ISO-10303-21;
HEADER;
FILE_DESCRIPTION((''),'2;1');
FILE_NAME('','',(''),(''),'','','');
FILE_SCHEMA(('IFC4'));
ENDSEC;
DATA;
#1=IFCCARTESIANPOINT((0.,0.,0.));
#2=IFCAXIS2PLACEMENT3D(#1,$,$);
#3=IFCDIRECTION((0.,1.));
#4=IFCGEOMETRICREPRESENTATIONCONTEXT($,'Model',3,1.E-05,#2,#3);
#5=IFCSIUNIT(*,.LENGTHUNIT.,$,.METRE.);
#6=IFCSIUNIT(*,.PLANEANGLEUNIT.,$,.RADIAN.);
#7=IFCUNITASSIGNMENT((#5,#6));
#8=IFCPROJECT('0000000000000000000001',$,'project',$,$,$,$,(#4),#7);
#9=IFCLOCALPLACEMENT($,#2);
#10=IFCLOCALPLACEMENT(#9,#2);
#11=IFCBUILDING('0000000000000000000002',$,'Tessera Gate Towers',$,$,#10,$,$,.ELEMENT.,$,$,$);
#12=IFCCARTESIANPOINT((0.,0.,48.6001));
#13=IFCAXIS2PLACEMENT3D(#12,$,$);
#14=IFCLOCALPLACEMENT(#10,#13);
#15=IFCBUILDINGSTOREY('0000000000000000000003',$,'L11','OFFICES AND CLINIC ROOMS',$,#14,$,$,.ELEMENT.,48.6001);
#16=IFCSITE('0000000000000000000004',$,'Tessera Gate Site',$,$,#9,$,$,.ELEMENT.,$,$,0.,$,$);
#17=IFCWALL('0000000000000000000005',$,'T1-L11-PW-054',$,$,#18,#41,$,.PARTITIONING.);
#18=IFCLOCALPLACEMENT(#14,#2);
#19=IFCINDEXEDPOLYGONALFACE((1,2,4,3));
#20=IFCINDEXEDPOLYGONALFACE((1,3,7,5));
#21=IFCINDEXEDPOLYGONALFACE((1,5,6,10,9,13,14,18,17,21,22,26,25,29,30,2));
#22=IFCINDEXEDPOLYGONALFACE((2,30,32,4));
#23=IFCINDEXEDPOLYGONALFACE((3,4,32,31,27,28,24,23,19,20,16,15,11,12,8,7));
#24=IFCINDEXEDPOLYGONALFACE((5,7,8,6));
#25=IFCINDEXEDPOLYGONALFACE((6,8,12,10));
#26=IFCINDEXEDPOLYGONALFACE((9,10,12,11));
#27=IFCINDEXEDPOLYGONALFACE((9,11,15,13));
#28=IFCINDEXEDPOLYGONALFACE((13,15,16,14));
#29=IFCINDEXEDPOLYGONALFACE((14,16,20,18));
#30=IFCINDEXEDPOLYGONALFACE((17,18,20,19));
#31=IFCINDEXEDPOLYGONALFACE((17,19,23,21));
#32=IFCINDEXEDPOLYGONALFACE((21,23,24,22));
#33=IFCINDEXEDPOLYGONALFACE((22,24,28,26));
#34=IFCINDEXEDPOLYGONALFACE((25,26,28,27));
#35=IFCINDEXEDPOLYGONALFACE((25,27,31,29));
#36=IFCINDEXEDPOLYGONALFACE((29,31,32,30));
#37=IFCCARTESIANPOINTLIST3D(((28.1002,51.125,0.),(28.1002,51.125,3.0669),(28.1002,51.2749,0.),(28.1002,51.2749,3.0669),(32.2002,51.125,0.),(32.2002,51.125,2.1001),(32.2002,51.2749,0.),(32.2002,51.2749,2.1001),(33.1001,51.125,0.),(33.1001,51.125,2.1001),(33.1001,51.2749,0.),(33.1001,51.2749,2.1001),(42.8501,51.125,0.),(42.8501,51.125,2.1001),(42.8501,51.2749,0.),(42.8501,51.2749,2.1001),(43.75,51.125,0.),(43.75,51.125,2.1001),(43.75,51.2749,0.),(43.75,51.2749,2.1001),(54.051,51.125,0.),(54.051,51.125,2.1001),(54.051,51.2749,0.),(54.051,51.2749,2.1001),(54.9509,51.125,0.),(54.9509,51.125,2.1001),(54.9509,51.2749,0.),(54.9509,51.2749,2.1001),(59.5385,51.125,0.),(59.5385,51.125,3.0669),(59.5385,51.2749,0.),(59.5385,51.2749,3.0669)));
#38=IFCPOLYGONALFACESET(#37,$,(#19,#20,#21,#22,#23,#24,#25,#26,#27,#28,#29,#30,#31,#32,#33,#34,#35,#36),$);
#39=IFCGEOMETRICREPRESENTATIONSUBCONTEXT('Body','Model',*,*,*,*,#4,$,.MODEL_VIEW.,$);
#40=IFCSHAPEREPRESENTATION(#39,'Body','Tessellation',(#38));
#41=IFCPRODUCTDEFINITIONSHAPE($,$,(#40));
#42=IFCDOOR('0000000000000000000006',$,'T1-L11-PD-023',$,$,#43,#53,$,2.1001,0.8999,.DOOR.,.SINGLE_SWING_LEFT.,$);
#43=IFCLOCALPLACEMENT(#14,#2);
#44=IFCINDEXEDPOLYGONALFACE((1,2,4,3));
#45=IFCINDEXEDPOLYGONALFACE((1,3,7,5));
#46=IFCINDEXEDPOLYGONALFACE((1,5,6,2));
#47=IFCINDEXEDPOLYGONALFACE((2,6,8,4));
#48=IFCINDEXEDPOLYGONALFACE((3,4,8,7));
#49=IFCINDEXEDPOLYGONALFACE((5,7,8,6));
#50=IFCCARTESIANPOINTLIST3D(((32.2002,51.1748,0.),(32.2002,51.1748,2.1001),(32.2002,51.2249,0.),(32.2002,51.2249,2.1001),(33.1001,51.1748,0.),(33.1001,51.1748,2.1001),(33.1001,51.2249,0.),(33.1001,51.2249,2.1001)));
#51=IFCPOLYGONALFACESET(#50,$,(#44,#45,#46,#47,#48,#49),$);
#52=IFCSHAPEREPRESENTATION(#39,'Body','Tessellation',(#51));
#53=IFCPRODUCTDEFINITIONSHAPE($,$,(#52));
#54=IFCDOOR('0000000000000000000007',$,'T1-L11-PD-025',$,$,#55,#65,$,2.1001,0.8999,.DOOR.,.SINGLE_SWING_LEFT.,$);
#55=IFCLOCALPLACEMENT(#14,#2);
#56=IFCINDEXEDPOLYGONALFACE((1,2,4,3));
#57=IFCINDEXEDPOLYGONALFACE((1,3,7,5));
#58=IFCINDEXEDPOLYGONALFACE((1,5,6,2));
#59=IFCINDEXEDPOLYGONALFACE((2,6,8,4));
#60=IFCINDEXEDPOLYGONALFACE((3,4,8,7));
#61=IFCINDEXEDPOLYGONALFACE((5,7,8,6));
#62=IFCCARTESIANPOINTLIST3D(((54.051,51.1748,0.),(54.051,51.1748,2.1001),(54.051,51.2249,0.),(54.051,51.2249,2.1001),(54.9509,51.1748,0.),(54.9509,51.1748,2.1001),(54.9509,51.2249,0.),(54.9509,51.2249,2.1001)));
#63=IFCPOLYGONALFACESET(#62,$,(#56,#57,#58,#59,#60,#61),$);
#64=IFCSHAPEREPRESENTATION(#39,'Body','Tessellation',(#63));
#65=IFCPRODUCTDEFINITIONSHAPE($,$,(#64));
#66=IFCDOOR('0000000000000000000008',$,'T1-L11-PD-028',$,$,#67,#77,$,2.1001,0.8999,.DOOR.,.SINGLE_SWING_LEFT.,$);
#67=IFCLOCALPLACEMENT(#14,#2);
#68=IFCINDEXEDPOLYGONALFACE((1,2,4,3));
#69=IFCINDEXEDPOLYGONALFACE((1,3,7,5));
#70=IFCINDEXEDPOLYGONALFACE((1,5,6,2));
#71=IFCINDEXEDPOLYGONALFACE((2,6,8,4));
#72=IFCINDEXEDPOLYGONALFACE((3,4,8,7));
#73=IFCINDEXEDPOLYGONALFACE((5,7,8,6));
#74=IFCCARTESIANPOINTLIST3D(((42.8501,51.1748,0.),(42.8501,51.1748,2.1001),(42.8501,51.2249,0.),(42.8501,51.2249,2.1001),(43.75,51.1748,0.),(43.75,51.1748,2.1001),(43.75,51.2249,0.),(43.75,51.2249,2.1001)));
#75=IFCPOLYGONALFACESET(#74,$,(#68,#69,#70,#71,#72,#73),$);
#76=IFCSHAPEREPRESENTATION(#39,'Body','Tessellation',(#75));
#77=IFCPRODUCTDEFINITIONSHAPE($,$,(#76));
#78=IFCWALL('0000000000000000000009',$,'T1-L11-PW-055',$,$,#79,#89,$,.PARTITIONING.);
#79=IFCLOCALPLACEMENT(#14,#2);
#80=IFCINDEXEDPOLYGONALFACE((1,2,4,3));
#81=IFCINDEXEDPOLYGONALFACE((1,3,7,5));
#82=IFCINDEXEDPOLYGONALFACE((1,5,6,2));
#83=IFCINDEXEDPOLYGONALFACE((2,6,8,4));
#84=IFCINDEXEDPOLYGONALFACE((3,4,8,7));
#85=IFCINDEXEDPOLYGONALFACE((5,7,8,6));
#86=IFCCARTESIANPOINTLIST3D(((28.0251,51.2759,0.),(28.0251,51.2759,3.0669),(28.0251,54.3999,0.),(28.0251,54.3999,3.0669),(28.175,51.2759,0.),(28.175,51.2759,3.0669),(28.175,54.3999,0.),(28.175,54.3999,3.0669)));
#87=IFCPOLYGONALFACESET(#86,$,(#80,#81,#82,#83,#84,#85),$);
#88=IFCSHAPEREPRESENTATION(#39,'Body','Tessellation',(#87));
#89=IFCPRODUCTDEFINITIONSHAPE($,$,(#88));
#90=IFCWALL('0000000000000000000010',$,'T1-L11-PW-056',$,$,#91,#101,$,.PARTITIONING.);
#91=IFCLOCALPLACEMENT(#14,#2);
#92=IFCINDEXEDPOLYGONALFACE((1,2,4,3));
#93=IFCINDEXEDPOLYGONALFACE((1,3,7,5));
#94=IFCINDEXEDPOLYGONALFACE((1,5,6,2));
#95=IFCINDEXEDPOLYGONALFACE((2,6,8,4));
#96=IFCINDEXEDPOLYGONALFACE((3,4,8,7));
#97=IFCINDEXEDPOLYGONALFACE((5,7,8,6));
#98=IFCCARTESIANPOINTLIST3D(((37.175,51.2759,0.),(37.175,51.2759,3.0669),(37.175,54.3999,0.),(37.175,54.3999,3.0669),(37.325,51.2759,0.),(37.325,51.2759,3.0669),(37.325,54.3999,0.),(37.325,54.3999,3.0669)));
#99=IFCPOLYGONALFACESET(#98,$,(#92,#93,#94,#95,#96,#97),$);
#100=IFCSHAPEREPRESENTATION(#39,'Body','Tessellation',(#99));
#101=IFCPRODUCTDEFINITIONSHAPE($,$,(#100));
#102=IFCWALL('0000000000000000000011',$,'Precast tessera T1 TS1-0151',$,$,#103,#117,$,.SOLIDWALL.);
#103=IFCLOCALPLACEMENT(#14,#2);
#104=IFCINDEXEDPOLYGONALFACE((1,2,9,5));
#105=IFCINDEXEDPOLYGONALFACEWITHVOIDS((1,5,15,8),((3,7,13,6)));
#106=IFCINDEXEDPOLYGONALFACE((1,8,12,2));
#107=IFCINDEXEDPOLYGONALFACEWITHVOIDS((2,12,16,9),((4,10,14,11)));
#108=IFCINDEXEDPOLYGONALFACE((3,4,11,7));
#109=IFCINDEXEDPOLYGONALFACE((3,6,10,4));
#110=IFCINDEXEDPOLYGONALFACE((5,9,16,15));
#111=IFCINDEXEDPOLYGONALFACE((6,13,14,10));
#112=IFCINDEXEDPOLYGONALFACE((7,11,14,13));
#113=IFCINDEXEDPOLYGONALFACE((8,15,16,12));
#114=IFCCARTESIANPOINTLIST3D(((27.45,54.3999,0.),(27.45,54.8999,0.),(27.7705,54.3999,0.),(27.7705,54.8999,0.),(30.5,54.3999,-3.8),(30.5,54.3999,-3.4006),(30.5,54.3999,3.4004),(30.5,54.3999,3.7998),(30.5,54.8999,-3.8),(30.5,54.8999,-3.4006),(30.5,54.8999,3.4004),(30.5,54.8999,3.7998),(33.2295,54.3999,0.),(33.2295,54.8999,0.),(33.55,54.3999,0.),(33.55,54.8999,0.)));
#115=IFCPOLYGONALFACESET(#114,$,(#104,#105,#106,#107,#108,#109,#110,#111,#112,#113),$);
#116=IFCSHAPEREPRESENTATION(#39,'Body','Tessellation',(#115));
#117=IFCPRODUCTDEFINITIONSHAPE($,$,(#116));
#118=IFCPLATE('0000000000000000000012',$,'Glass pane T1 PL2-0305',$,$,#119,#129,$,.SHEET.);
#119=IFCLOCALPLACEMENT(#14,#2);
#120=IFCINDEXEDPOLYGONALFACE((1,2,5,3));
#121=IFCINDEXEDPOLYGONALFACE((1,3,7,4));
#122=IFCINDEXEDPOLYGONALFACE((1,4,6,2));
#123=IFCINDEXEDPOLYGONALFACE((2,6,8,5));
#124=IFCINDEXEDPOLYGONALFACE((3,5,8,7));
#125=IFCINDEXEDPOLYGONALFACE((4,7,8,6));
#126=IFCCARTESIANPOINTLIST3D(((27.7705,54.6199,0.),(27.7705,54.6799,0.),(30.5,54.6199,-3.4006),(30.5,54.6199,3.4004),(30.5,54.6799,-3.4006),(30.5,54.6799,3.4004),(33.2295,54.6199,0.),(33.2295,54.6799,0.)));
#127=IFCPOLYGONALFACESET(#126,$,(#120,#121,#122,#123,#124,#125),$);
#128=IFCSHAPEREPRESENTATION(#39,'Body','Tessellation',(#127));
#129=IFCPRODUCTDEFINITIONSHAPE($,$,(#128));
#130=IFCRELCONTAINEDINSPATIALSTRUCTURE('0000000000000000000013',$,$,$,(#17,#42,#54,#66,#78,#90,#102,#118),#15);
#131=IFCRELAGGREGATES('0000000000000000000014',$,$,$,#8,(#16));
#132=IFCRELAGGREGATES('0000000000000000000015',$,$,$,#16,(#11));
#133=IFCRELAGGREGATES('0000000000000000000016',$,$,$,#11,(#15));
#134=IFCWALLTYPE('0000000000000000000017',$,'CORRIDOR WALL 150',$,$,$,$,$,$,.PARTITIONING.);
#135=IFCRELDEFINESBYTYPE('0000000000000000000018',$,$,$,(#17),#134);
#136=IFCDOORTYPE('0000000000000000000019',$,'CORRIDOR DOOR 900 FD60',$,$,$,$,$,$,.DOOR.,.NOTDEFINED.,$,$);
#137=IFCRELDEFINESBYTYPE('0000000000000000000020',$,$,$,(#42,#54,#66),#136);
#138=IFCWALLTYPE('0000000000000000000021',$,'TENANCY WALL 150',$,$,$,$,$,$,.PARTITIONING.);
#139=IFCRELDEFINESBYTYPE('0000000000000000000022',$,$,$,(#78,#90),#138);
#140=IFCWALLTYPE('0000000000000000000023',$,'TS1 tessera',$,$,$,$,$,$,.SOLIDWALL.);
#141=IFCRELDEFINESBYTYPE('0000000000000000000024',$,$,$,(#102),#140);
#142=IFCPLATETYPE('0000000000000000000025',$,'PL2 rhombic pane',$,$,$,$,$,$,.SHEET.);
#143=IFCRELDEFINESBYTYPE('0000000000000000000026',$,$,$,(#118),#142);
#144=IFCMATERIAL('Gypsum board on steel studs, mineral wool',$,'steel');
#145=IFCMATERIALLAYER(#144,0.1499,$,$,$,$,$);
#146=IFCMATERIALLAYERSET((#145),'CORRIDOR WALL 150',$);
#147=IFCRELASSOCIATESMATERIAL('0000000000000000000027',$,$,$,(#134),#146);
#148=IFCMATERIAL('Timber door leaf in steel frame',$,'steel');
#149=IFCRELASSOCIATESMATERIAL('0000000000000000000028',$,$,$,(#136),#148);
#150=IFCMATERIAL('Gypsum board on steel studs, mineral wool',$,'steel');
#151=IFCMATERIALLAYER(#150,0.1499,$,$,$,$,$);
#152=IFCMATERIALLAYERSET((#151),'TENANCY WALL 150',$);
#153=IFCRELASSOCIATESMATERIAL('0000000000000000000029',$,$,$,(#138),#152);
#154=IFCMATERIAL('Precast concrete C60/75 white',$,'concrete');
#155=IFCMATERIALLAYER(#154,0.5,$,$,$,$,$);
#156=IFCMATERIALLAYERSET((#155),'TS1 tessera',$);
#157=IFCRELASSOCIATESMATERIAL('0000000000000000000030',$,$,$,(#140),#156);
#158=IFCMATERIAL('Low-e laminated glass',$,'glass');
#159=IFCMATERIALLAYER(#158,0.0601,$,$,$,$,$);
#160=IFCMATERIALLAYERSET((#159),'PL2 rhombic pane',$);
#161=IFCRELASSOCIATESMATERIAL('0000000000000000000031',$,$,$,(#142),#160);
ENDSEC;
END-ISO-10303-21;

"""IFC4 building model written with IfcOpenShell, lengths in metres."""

from ifc_helpers import new_model, si_unit, direction, frame, frame_2d, origin, place, context, subcontext, project, spatial, polyline, rectangle, outline, extrude, source, transform, mapped, material, layer, layer_set, type_object, element, fill, save


model = new_model("IFC4")

# Units and contexts
model_context = context("Model", 3, precision=1e-05, world=origin(), true_north=direction((0.0, 1.0)))
body_context = subcontext(model_context, "Body", "Model", "MODEL_VIEW")
ifc_project = project(units=[si_unit("LENGTHUNIT", "METRE"), si_unit("PLANEANGLEUNIT", "RADIAN")], contexts=[model_context])

# Site, building, storey
site_placement = place(None, origin())
site = spatial("IfcSite", under=ifc_project, at=site_placement, Name="Tessera Gate Site", CompositionType="ELEMENT", RefElevation=0.0)
building_placement = place(site_placement, origin())
building = spatial("IfcBuilding", under=site, at=building_placement, Name="Tessera Gate Towers", CompositionType="ELEMENT")
storey_placement = place(building_placement, frame((0.0, 0.0, 48.6001)))
storey = spatial("IfcBuildingStorey", under=building, at=storey_placement, Name="L11", Description="OFFICES AND CLINIC ROOMS", CompositionType="ELEMENT", Elevation=48.6001)

# Shared definitions
ifc_material_1 = material(Name="Gypsum board on steel studs, mineral wool", Category="steel")
ifc_layer_1 = layer(ifc_material_1, 0.1499)
ifc_layer_set_1 = layer_set([ifc_layer_1], Name="CORRIDOR WALL 150")
wall_type_1 = type_object("IfcWallType", Name="CORRIDOR WALL 150", PredefinedType="PARTITIONING", material=ifc_layer_set_1)

# Wall, openings, doors
wall_1_placement = place(storey_placement, frame((28.1001, 51.2, 0.0), z_axis=(0.0, 0.0, 1.0), x_axis=(1.0, 0.0, 0.0)))
wall_1 = element("IfcWall", 1, at=wall_1_placement, inside=storey, type_object=wall_type_1, Name="T1-L11-PW-054", PredefinedType="PARTITIONING", context=body_context, shape_type="SweptSolid", body=[
    extrude(rectangle(XDim=31.4382, YDim=0.1499, at=frame_2d((15.7192, 0.0))), origin(), (0.0, 0.0, 1.0), 3.0669),
])
shared_shape_1 = source(origin(), body_context, "Body", "SweptSolid", [
    extrude(rectangle(XDim=0.8999, YDim=2.1001, at=frame_2d((0.45, 1.05))), frame((0.0, 0.085, 0.0), z_axis=(0.0, -1.0, 0.0), x_axis=(1.0, 0.0, 0.0)), (0.0, 0.0, 1.0), 0.1699),
])
opening_1_placement = place(wall_1_placement, frame((4.1001, 0.0, 0.0)))
opening_1 = element("IfcOpeningElement", 2, at=opening_1_placement, cuts=wall_1, PredefinedType="OPENING", context=body_context, shape_type="MappedRepresentation", body=[
    mapped(shared_shape_1, transform((0.0, 0.0, 0.0), scale=1.0)),
])
opening_2_placement = place(wall_1_placement, frame((25.9509, 0.0, 0.0)))
opening_2 = element("IfcOpeningElement", 3, at=opening_2_placement, cuts=wall_1, PredefinedType="OPENING", context=body_context, shape_type="MappedRepresentation", body=[
    mapped(shared_shape_1, transform((0.0, 0.0, 0.0), scale=1.0)),
])
opening_3_placement = place(wall_1_placement, frame((14.75, 0.0, 0.0)))
opening_3 = element("IfcOpeningElement", 4, at=opening_3_placement, cuts=wall_1, PredefinedType="OPENING", context=body_context, shape_type="MappedRepresentation", body=[
    mapped(shared_shape_1, transform((0.0, 0.0, 0.0), scale=1.0)),
])
ifc_material_2 = material(Name="Timber door leaf in steel frame", Category="steel")
door_type = type_object("IfcDoorType", Name="CORRIDOR DOOR 900 FD60", OperationType="NOTDEFINED", PredefinedType="DOOR", material=ifc_material_2)
shared_shape_2 = source(origin(), body_context, "Body", "SweptSolid", [
    extrude(rectangle(XDim=0.8999, YDim=2.1001, at=frame_2d((0.45, 1.05))), frame((0.0, 0.0249, 0.0), z_axis=(0.0, -1.0, 0.0), x_axis=(1.0, 0.0, 0.0)), (0.0, 0.0, 1.0), 0.05),
])
door_1_placement = place(opening_1_placement, origin())
door_1 = element("IfcDoor", 5, at=door_1_placement, inside=storey, type_object=door_type, Name="T1-L11-PD-023", OperationType="SINGLE_SWING_LEFT", OverallHeight=2.1001, OverallWidth=0.8999, PredefinedType="DOOR", context=body_context, shape_type="MappedRepresentation", body=[
    mapped(shared_shape_2, transform((0.0, 0.0, 0.0), scale=1.0)),
])
fill(opening_1, door_1)
door_2_placement = place(opening_2_placement, origin())
door_2 = element("IfcDoor", 6, at=door_2_placement, inside=storey, type_object=door_type, Name="T1-L11-PD-025", OperationType="SINGLE_SWING_LEFT", OverallHeight=2.1001, OverallWidth=0.8999, PredefinedType="DOOR", context=body_context, shape_type="MappedRepresentation", body=[
    mapped(shared_shape_2, transform((0.0, 0.0, 0.0), scale=1.0)),
])
fill(opening_2, door_2)
door_3_placement = place(opening_3_placement, origin())
door_3 = element("IfcDoor", 7, at=door_3_placement, inside=storey, type_object=door_type, Name="T1-L11-PD-028", OperationType="SINGLE_SWING_LEFT", OverallHeight=2.1001, OverallWidth=0.8999, PredefinedType="DOOR", context=body_context, shape_type="MappedRepresentation", body=[
    mapped(shared_shape_2, transform((0.0, 0.0, 0.0), scale=1.0)),
])
fill(opening_3, door_3)

# Walls
ifc_material_3 = material(Name="Gypsum board on steel studs, mineral wool", Category="steel")
ifc_layer_2 = layer(ifc_material_3, 0.1499)
ifc_layer_set_2 = layer_set([ifc_layer_2], Name="TENANCY WALL 150")
wall_type_2 = type_object("IfcWallType", Name="TENANCY WALL 150", PredefinedType="PARTITIONING", material=ifc_layer_set_2)
for number, where, z_axis, x_axis, name in (
    (8, (28.1001, 51.2759, 0.0), (0.0, 0.0, 1.0), (0.0, 1.0, 0.0), "T1-L11-PW-055"),
    (9, (37.25, 51.2759, 0.0), (0.0, 0.0, 1.0), (0.0, 1.0, 0.0), "T1-L11-PW-056"),
):
    element("IfcWall", number, at=place(storey_placement, frame(where, z_axis=z_axis, x_axis=x_axis)), inside=storey, type_object=wall_type_2, Name=name, PredefinedType="PARTITIONING", context=body_context, shape_type="SweptSolid", body=[
        extrude(rectangle(XDim=3.124, YDim=0.1499, at=frame_2d((1.562, 0.0))), origin(), (0.0, 0.0, 1.0), 3.0669),
    ])

# Wall, opening, plate
ifc_material_4 = material(Name="Precast concrete C60/75 white", Category="concrete")
ifc_layer_3 = layer(ifc_material_4, 0.5)
ifc_layer_set_3 = layer_set([ifc_layer_3], Name="TS1 tessera")
wall_type_3 = type_object("IfcWallType", Name="TS1 tessera", PredefinedType="SOLIDWALL", material=ifc_layer_set_3)
shared_shape_3 = source(origin(), body_context, "Body", "SweptSolid", [
    extrude(outline(polyline([(3.05, 0.0), (6.1001, 3.8), (3.05, 7.5999), (0.0, 3.8), (3.05, 0.0)])), frame((0.0, 0.25, 0.0), z_axis=(0.0, -1.0, 0.0), x_axis=(1.0, 0.0, 0.0)), (0.0, 0.0, 1.0), 0.5),
])
wall_2_placement = place(storey_placement, frame((33.55, 54.6499, -3.8), z_axis=(0.0, 0.0, 1.0), x_axis=(-1.0, 0.0, 0.0)))
wall_2 = element("IfcWall", 10, at=wall_2_placement, inside=storey, type_object=wall_type_3, Name="Precast tessera T1 TS1-0151", PredefinedType="SOLIDWALL", context=body_context, shape_type="MappedRepresentation", body=[
    mapped(shared_shape_3, transform((0.0, 0.0, 0.0), scale=1.0)),
])
shared_shape_4 = source(origin(), body_context, "Body", "SweptSolid", [
    extrude(outline(polyline([(3.05, 0.3994), (5.7795, 3.8), (3.05, 7.2004), (0.3206, 3.8), (3.05, 0.3994)])), frame((0.0, 0.26, 0.0), z_axis=(0.0, -1.0, 0.0), x_axis=(1.0, 0.0, 0.0)), (0.0, 0.0, 1.0), 0.52),
])
opening_4_placement = place(wall_2_placement, origin())
opening_4 = element("IfcOpeningElement", 11, at=opening_4_placement, cuts=wall_2, PredefinedType="OPENING", context=body_context, shape_type="MappedRepresentation", body=[
    mapped(shared_shape_4, transform((0.0, 0.0, 0.0), scale=1.0)),
])
ifc_material_5 = material(Name="Low-e laminated glass", Category="glass")
ifc_layer_4 = layer(ifc_material_5, 0.0601)
ifc_layer_set_4 = layer_set([ifc_layer_4], Name="PL2 rhombic pane")
plate_type = type_object("IfcPlateType", Name="PL2 rhombic pane", PredefinedType="SHEET", material=ifc_layer_set_4)
shared_shape_5 = source(origin(), body_context, "Body", "SweptSolid", [
    extrude(outline(polyline([(3.05, 0.3994), (5.7795, 3.8), (3.05, 7.2004), (0.3206, 3.8), (3.05, 0.3994)])), frame((0.0, 0.03, 0.0), z_axis=(0.0, -1.0, 0.0), x_axis=(1.0, 0.0, 0.0)), (0.0, 0.0, 1.0), 0.0601),
])
plate_placement = place(opening_4_placement, origin())
plate = element("IfcPlate", 12, at=plate_placement, inside=storey, type_object=plate_type, Name="Glass pane T1 PL2-0305", PredefinedType="SHEET", context=body_context, shape_type="MappedRepresentation", body=[
    mapped(shared_shape_5, transform((0.0, 0.0, 0.0), scale=1.0)),
])
fill(opening_4, plate)

save(model, "model.ifc")
